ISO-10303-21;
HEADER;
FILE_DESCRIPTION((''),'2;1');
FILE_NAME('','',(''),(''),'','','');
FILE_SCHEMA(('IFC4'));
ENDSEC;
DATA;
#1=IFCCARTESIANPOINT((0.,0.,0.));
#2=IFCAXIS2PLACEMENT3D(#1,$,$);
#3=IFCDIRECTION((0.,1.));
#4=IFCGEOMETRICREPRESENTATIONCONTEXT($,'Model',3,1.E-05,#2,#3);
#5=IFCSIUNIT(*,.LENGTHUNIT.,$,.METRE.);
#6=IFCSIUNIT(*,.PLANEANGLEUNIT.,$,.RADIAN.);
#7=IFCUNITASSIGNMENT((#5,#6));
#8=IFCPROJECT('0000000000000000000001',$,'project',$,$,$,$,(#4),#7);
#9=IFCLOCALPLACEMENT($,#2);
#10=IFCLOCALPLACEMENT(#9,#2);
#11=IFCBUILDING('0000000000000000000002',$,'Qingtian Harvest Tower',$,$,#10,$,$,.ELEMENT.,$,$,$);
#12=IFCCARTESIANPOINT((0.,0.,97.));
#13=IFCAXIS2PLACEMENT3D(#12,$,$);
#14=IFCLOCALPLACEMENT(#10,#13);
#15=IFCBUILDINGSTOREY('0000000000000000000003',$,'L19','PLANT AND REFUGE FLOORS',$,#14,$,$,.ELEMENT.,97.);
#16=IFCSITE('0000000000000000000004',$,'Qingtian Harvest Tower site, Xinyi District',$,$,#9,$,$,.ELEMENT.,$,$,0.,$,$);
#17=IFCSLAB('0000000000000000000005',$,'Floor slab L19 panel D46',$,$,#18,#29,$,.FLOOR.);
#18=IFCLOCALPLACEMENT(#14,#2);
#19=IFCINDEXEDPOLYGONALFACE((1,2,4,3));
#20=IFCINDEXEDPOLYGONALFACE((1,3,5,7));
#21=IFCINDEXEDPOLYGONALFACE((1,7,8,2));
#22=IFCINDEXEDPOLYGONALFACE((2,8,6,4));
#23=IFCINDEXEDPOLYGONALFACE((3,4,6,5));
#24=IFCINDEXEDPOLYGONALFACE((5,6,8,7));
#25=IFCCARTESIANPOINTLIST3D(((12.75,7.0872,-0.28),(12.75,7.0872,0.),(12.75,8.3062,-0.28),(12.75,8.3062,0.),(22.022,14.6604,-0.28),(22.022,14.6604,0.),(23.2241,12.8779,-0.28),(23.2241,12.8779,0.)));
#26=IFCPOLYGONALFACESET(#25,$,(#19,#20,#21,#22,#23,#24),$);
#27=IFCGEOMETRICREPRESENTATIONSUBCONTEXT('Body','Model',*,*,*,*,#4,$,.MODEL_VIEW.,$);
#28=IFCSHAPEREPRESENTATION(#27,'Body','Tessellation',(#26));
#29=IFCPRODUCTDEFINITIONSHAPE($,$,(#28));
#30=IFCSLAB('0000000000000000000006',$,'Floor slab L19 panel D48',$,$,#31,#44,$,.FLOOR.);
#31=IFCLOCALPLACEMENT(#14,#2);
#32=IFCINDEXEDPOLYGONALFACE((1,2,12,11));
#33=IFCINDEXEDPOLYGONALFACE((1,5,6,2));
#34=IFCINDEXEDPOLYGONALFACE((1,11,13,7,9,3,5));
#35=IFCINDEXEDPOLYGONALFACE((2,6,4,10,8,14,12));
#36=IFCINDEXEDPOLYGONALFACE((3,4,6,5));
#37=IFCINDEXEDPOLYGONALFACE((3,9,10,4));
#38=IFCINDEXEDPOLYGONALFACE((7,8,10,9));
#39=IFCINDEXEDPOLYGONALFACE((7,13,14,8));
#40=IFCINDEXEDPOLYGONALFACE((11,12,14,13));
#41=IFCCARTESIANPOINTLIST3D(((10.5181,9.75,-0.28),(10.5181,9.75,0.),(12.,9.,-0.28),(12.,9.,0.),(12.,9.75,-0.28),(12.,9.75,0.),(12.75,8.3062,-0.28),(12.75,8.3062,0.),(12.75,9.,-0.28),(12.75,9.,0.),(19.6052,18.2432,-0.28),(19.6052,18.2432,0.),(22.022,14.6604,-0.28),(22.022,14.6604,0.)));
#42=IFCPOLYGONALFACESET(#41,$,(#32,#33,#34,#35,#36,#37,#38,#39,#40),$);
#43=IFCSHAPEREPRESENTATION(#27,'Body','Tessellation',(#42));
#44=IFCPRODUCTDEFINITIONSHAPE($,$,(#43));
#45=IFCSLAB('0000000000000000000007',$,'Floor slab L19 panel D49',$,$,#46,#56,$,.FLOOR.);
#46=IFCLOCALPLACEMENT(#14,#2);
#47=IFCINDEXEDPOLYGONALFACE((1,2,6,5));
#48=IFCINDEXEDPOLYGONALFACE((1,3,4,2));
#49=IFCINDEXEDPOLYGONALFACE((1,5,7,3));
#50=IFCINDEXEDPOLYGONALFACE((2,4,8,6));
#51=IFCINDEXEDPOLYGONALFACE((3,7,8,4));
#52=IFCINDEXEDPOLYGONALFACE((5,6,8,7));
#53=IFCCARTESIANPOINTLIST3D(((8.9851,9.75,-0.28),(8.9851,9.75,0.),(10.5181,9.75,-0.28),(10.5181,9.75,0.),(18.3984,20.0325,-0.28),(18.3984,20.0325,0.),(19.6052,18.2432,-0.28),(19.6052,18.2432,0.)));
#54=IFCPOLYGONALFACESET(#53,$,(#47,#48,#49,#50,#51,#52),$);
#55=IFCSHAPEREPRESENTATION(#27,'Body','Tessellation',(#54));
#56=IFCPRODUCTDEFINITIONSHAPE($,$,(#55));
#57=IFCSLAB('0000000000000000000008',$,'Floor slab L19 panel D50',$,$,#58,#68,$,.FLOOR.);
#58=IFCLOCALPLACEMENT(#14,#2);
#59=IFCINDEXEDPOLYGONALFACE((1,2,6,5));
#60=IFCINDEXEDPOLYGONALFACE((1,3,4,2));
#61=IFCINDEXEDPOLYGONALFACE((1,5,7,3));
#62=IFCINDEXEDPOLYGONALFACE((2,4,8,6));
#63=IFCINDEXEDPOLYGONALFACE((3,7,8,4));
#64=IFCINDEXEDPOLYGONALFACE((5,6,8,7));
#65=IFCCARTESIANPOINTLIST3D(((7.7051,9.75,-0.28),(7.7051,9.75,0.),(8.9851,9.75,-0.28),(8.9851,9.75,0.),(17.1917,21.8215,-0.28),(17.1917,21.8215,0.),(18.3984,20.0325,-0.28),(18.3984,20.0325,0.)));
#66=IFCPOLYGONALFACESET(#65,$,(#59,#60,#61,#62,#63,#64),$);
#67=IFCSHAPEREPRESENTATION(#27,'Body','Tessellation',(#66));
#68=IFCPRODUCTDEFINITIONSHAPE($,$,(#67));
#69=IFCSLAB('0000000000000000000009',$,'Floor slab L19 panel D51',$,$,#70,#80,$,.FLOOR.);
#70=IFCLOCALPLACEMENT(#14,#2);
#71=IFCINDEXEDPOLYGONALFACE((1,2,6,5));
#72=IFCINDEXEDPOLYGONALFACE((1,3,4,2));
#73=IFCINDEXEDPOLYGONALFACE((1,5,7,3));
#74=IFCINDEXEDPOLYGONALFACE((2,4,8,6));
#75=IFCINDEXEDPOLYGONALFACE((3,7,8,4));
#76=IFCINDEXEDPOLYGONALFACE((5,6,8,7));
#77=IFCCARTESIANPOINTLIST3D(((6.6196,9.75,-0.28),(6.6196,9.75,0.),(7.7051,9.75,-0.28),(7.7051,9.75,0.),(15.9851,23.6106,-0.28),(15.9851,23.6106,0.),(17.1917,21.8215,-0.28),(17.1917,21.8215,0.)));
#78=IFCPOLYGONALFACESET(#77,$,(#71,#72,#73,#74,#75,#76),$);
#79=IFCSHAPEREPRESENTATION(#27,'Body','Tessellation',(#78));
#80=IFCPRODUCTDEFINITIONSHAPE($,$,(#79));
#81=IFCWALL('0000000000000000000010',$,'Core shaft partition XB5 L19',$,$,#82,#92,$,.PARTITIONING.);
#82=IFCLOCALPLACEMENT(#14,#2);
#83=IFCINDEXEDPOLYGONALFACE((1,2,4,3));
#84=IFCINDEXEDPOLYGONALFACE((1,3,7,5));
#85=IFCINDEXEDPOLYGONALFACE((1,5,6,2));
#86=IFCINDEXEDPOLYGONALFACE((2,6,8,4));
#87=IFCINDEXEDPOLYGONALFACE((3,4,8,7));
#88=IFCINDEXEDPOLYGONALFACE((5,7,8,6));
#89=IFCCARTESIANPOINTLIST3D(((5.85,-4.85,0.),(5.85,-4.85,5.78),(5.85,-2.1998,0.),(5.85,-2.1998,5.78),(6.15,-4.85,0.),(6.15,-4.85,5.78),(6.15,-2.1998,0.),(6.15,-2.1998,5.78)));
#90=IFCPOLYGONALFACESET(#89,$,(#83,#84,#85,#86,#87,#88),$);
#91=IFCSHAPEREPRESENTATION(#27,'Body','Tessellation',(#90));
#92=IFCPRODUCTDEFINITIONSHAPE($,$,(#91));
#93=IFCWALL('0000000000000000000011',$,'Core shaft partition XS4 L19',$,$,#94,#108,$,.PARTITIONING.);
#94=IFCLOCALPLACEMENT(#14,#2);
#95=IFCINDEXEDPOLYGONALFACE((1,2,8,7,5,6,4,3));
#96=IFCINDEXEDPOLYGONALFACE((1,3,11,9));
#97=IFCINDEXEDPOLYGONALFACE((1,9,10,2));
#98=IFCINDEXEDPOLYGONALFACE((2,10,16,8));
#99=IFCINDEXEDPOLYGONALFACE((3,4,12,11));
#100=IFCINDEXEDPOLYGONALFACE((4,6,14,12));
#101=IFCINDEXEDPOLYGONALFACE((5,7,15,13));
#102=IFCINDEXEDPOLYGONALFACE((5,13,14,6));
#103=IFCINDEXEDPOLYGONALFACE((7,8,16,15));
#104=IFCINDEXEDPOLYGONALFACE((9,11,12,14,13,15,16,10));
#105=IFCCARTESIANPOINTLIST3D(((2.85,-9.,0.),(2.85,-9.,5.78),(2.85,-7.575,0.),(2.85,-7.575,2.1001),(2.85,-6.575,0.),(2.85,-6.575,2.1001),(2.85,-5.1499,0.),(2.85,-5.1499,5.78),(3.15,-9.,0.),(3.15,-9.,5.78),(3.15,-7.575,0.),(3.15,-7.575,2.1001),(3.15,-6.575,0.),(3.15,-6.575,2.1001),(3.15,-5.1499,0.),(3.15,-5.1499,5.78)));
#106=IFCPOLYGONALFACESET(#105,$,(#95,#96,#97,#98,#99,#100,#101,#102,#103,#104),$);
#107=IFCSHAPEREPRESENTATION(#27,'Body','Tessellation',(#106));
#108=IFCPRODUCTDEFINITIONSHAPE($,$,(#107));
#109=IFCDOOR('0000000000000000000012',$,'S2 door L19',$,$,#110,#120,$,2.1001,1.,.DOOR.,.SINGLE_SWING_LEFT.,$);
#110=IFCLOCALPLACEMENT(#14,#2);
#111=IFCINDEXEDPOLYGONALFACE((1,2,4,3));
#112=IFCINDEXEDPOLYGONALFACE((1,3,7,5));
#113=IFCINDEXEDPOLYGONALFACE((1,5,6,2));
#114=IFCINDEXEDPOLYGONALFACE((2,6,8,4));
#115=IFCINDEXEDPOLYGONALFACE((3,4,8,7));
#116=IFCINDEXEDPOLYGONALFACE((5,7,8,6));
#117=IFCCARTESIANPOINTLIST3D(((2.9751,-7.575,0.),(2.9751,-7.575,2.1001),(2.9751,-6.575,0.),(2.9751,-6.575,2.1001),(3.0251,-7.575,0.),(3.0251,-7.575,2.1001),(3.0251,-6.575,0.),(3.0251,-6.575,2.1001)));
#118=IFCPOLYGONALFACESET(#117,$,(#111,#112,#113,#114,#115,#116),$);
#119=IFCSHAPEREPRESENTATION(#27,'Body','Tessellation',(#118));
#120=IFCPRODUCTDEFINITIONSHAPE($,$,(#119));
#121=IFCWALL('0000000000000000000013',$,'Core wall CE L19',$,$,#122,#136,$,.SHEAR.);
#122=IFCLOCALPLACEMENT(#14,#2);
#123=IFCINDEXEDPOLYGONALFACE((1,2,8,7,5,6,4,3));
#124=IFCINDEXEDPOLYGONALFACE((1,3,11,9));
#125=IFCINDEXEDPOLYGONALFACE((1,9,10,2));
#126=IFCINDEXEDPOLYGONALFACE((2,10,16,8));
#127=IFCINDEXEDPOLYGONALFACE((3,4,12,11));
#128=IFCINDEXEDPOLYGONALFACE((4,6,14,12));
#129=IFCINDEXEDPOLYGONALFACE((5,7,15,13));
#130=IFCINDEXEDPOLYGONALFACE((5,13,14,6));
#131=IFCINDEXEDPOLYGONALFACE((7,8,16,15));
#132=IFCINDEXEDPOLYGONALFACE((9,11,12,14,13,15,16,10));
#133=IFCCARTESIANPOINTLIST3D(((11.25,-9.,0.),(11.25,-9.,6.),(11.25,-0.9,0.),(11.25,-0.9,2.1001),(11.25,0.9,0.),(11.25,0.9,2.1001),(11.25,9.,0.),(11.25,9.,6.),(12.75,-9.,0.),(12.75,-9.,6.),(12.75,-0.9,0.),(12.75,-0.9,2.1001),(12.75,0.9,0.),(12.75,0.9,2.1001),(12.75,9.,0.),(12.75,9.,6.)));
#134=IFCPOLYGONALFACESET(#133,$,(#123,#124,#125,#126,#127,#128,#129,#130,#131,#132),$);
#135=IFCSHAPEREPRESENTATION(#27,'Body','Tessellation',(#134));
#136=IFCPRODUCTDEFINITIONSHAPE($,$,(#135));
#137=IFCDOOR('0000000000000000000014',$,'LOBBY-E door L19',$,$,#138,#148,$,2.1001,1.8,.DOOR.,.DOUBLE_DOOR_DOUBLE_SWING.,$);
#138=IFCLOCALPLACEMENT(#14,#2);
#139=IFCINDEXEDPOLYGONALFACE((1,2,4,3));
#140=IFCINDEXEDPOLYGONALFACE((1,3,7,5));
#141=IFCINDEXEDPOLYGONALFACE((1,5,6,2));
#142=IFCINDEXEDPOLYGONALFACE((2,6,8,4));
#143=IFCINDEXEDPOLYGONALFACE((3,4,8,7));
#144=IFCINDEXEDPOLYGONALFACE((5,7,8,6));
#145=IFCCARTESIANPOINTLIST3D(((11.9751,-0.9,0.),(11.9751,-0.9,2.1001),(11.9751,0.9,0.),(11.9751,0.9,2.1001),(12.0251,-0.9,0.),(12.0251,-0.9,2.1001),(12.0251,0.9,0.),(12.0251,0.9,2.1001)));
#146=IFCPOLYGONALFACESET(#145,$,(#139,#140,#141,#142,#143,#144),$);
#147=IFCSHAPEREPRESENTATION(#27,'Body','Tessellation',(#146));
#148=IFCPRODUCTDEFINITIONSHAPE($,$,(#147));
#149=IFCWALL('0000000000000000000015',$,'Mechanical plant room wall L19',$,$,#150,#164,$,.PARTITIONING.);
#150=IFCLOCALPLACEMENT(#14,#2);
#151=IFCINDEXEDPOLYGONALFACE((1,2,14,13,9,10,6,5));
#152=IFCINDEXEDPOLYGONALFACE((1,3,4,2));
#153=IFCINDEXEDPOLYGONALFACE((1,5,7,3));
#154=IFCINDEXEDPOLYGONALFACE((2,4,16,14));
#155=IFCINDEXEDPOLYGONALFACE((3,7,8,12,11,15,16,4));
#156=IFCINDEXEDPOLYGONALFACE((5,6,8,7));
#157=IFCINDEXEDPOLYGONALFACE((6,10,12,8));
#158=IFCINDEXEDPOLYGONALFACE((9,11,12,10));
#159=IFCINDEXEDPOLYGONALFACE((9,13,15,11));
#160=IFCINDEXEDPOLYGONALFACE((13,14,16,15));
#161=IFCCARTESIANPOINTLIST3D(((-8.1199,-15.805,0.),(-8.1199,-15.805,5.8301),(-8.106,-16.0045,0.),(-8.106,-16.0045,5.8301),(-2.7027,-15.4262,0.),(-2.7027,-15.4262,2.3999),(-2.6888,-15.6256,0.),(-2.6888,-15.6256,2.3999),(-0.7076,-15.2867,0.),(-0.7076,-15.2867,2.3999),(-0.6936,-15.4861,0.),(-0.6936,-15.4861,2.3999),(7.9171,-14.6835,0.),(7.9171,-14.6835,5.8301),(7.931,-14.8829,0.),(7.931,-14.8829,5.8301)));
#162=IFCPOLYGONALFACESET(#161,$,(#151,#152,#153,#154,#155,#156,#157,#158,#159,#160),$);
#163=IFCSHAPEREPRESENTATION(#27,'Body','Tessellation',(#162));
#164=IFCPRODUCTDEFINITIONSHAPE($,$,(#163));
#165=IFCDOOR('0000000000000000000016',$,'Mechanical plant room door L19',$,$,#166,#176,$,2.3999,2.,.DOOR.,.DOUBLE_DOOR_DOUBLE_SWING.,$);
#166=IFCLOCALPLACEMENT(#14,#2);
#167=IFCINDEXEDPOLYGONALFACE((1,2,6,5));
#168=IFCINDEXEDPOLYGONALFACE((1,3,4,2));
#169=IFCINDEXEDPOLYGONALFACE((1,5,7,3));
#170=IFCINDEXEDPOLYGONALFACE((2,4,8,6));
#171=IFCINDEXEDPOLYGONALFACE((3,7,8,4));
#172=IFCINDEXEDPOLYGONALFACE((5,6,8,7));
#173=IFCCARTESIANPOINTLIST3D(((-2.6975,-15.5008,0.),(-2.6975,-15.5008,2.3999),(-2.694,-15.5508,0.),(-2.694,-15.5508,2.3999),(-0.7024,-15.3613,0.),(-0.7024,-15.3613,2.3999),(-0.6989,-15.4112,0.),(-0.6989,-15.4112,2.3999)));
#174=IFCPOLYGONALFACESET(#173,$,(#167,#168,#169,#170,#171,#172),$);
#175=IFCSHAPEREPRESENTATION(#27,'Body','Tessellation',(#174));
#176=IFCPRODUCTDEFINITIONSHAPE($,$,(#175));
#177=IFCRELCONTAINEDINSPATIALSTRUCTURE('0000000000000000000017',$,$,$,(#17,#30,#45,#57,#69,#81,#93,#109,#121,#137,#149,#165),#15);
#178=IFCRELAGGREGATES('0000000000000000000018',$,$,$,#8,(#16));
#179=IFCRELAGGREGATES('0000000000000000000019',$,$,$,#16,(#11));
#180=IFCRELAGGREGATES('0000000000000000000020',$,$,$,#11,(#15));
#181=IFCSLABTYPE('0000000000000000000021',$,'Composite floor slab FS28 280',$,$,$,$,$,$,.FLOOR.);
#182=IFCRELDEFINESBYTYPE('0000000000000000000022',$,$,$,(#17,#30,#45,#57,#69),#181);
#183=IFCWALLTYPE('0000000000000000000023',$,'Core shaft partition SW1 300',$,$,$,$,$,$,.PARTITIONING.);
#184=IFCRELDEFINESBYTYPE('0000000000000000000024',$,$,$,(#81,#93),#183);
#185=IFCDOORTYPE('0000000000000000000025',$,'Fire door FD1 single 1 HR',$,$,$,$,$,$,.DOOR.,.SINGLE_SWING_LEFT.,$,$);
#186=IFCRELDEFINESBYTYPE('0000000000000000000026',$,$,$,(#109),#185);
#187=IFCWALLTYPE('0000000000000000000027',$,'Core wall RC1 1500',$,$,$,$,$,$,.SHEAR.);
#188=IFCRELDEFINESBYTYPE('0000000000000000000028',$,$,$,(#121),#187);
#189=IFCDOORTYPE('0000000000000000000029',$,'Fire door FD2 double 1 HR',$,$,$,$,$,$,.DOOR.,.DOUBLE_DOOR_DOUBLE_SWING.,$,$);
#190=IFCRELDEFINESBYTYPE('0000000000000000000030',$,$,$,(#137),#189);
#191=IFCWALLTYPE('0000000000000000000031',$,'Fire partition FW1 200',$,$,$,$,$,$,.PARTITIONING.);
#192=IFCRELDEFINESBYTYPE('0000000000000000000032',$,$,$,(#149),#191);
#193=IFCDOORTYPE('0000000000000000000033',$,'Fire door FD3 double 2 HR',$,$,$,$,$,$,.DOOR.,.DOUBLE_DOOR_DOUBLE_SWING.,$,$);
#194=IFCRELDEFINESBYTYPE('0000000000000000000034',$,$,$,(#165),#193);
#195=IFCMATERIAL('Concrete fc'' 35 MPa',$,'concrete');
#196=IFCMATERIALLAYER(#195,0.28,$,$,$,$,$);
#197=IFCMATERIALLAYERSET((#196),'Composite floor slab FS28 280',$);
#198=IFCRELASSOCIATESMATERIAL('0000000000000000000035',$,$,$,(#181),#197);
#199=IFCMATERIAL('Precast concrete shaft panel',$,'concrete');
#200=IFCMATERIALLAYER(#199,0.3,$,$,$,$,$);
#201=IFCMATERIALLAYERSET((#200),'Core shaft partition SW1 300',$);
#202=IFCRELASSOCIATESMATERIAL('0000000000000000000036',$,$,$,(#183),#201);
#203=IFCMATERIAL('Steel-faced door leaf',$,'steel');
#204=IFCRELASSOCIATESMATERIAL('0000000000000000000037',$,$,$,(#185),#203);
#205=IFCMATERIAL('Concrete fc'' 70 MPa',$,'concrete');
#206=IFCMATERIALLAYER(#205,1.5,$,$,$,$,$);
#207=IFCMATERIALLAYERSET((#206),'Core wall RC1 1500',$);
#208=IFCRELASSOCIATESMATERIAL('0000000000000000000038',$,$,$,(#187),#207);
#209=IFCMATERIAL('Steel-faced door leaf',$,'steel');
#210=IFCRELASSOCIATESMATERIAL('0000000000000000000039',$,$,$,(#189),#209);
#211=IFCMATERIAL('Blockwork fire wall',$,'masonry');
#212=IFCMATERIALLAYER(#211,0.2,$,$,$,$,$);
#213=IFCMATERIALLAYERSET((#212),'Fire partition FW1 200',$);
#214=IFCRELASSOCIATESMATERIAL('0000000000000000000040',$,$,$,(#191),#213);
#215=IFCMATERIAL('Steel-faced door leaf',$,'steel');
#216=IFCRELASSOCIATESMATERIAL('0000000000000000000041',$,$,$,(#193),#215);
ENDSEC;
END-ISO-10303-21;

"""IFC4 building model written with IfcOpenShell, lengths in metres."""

from ifc_helpers import new_model, si_unit, direction, frame, frame_2d, origin, place, context, subcontext, project, spatial, polyline, rectangle, outline, extrude, material, layer, layer_set, type_object, element, fill, save


model = new_model("IFC4")

# Units and contexts
model_context = context("Model", 3, precision=1e-05, world=origin(), true_north=direction((0.0, 1.0)))
body_context = subcontext(model_context, "Body", "Model", "MODEL_VIEW")
ifc_project = project(units=[si_unit("LENGTHUNIT", "METRE"), si_unit("PLANEANGLEUNIT", "RADIAN")], contexts=[model_context])

# Site, building, storey
site_placement = place(None, origin())
site = spatial("IfcSite", under=ifc_project, at=site_placement, Name="Qingtian Harvest Tower site, Xinyi District", CompositionType="ELEMENT", RefElevation=0.0)
building_placement = place(site_placement, origin())
building = spatial("IfcBuilding", under=site, at=building_placement, Name="Qingtian Harvest Tower", CompositionType="ELEMENT")
storey_placement = place(building_placement, frame((0.0, 0.0, 97.0)))
storey = spatial("IfcBuildingStorey", under=building, at=storey_placement, Name="L19", Description="PLANT AND REFUGE FLOORS", CompositionType="ELEMENT", Elevation=97.0)

# Slabs
ifc_material_1 = material(Name="Concrete fc' 35 MPa", Category="concrete")
ifc_layer_1 = layer(ifc_material_1, 0.28)
ifc_layer_set_1 = layer_set([ifc_layer_1], Name="Composite floor slab FS28 280")
slab_type = type_object("IfcSlabType", Name="Composite floor slab FS28 280", PredefinedType="FLOOR", material=ifc_layer_set_1)
slab_1_placement = place(storey_placement, frame((0.0, 0.0, -0.28)))
element("IfcSlab", 1, at=slab_1_placement, inside=storey, type_object=slab_type, Name="Floor slab L19 panel D46", PredefinedType="FLOOR", context=body_context, shape_type="SweptSolid", body=[
    extrude(outline(polyline([(12.75, 8.3062), (22.022, 14.6604), (23.2241, 12.8779), (12.75, 7.0872), (12.75, 8.3062)])), origin(), (0.0, 0.0, 1.0), 0.28),
])
slab_2_placement = place(storey_placement, frame((0.0, 0.0, -0.28)))
element("IfcSlab", 2, at=slab_2_placement, inside=storey, type_object=slab_type, Name="Floor slab L19 panel D48", PredefinedType="FLOOR", context=body_context, shape_type="SweptSolid", body=[
    extrude(outline(polyline([(19.6052, 18.2432), (22.022, 14.6604), (12.75, 8.3062), (12.75, 9.0), (12.0, 9.0), (12.0, 9.75), (10.5181, 9.75), (19.6052, 18.2432)])), origin(), (0.0, 0.0, 1.0), 0.28),
])
slab_3_placement = place(storey_placement, frame((0.0, 0.0, -0.28)))
element("IfcSlab", 3, at=slab_3_placement, inside=storey, type_object=slab_type, Name="Floor slab L19 panel D49", PredefinedType="FLOOR", context=body_context, shape_type="SweptSolid", body=[
    extrude(outline(polyline([(8.9851, 9.75), (18.3984, 20.0325), (19.6052, 18.2432), (10.5181, 9.75), (8.9851, 9.75)])), origin(), (0.0, 0.0, 1.0), 0.28),
])
slab_4_placement = place(storey_placement, frame((0.0, 0.0, -0.28)))
element("IfcSlab", 4, at=slab_4_placement, inside=storey, type_object=slab_type, Name="Floor slab L19 panel D50", PredefinedType="FLOOR", context=body_context, shape_type="SweptSolid", body=[
    extrude(outline(polyline([(7.7051, 9.75), (17.1917, 21.8215), (18.3984, 20.0325), (8.9851, 9.75), (7.7051, 9.75)])), origin(), (0.0, 0.0, 1.0), 0.28),
])
slab_5_placement = place(storey_placement, frame((0.0, 0.0, -0.28)))
element("IfcSlab", 5, at=slab_5_placement, inside=storey, type_object=slab_type, Name="Floor slab L19 panel D51", PredefinedType="FLOOR", context=body_context, shape_type="SweptSolid", body=[
    extrude(outline(polyline([(6.6196, 9.75), (15.9851, 23.6106), (17.1917, 21.8215), (7.7051, 9.75), (6.6196, 9.75)])), origin(), (0.0, 0.0, 1.0), 0.28),
])

# Wall
ifc_material_2 = material(Name="Precast concrete shaft panel", Category="concrete")
ifc_layer_2 = layer(ifc_material_2, 0.3)
ifc_layer_set_2 = layer_set([ifc_layer_2], Name="Core shaft partition SW1 300")
wall_type_1 = type_object("IfcWallType", Name="Core shaft partition SW1 300", PredefinedType="PARTITIONING", material=ifc_layer_set_2)
wall_1_placement = place(storey_placement, frame((6.0, -4.8501, 0.0), z_axis=(0.0, 0.0, 1.0), x_axis=(0.0, 1.0, 0.0)))
element("IfcWall", 6, at=wall_1_placement, inside=storey, type_object=wall_type_1, Name="Core shaft partition XB5 L19", PredefinedType="PARTITIONING", context=body_context, shape_type="SweptSolid", body=[
    extrude(rectangle(XDim=2.6501, YDim=0.3, at=frame_2d((1.3252, 0.0))), origin(), (0.0, 0.0, 1.0), 5.78),
])

# Walls, openings, doors
wall_2_placement = place(storey_placement, frame((3.0, -9.0, 0.0), z_axis=(0.0, 0.0, 1.0), x_axis=(0.0, 1.0, 0.0)))
wall_2 = element("IfcWall", 7, at=wall_2_placement, inside=storey, type_object=wall_type_1, Name="Core shaft partition XS4 L19", PredefinedType="PARTITIONING", context=body_context, shape_type="SweptSolid", body=[
    extrude(rectangle(XDim=3.8501, YDim=0.3, at=frame_2d((1.925, 0.0))), origin(), (0.0, 0.0, 1.0), 5.78),
])
opening_1_placement = place(wall_2_placement, frame((1.425, 0.0, 0.0)))
opening_1 = element("IfcOpeningElement", 8, at=opening_1_placement, cuts=wall_2, PredefinedType="OPENING", context=body_context, shape_type="SweptSolid", body=[
    extrude(rectangle(XDim=1.0, YDim=2.1001, at=frame_2d((0.5, 1.05))), frame((0.0, 0.1599, 0.0), z_axis=(0.0, -1.0, 0.0), x_axis=(1.0, 0.0, 0.0)), (0.0, 0.0, 1.0), 0.3201),
])
ifc_material_3 = material(Name="Steel-faced door leaf", Category="steel")
door_type_1 = type_object("IfcDoorType", Name="Fire door FD1 single 1 HR", OperationType="SINGLE_SWING_LEFT", PredefinedType="DOOR", material=ifc_material_3)
door_1_placement = place(opening_1_placement, origin())
door_1 = element("IfcDoor", 9, at=door_1_placement, inside=storey, type_object=door_type_1, Name="S2 door L19", OperationType="SINGLE_SWING_LEFT", OverallHeight=2.1001, OverallWidth=1.0, PredefinedType="DOOR", context=body_context, shape_type="SweptSolid", body=[
    extrude(rectangle(XDim=1.0, YDim=2.1001, at=frame_2d((0.5, 1.05))), frame((0.0, 0.0249, 0.0), z_axis=(0.0, -1.0, 0.0), x_axis=(1.0, 0.0, 0.0)), (0.0, 0.0, 1.0), 0.05),
])
fill(opening_1, door_1)
ifc_material_4 = material(Name="Concrete fc' 70 MPa", Category="concrete")
ifc_layer_3 = layer(ifc_material_4, 1.5)
ifc_layer_set_3 = layer_set([ifc_layer_3], Name="Core wall RC1 1500")
wall_type_2 = type_object("IfcWallType", Name="Core wall RC1 1500", PredefinedType="SHEAR", material=ifc_layer_set_3)
wall_3_placement = place(storey_placement, frame((12.0, -9.0, 0.0), z_axis=(0.0, 0.0, 1.0), x_axis=(0.0, 1.0, 0.0)))
wall_3 = element("IfcWall", 10, at=wall_3_placement, inside=storey, type_object=wall_type_2, Name="Core wall CE L19", PredefinedType="SHEAR", context=body_context, shape_type="SweptSolid", body=[
    extrude(rectangle(XDim=18.0, YDim=1.5, at=frame_2d((9.0, 0.0))), origin(), (0.0, 0.0, 1.0), 6.0),
])
opening_2_placement = place(wall_3_placement, frame((8.1001, 0.0, 0.0)))
opening_2 = element("IfcOpeningElement", 11, at=opening_2_placement, cuts=wall_3, PredefinedType="OPENING", context=body_context, shape_type="SweptSolid", body=[
    extrude(rectangle(XDim=1.8, YDim=2.1001, at=frame_2d((0.8999, 1.05))), frame((0.0, 0.76, 0.0), z_axis=(0.0, -1.0, 0.0), x_axis=(1.0, 0.0, 0.0)), (0.0, 0.0, 1.0), 1.52),
])
ifc_material_5 = material(Name="Steel-faced door leaf", Category="steel")
door_type_2 = type_object("IfcDoorType", Name="Fire door FD2 double 1 HR", OperationType="DOUBLE_DOOR_DOUBLE_SWING", PredefinedType="DOOR", material=ifc_material_5)
door_2_placement = place(opening_2_placement, origin())
door_2 = element("IfcDoor", 12, at=door_2_placement, inside=storey, type_object=door_type_2, Name="LOBBY-E door L19", OperationType="DOUBLE_DOOR_DOUBLE_SWING", OverallHeight=2.1001, OverallWidth=1.8, PredefinedType="DOOR", context=body_context, shape_type="SweptSolid", body=[
    extrude(rectangle(XDim=1.8, YDim=2.1001, at=frame_2d((0.8999, 1.05))), frame((0.0, 0.0249, 0.0), z_axis=(0.0, -1.0, 0.0), x_axis=(1.0, 0.0, 0.0)), (0.0, 0.0, 1.0), 0.05),
])
fill(opening_2, door_2)
ifc_material_6 = material(Name="Blockwork fire wall", Category="masonry")
ifc_layer_4 = layer(ifc_material_6, 0.2)
ifc_layer_set_4 = layer_set([ifc_layer_4], Name="Fire partition FW1 200")
wall_type_3 = type_object("IfcWallType", Name="Fire partition FW1 200", PredefinedType="PARTITIONING", material=ifc_layer_set_4)
wall_4_placement = place(storey_placement, frame((7.9241, -14.7832, 0.0), z_axis=(0.0, 0.0, 1.0), x_axis=(-0.997563, -0.069766, 0.0)))
wall_4 = element("IfcWall", 13, at=wall_4_placement, inside=storey, type_object=wall_type_3, Name="Mechanical plant room wall L19", PredefinedType="PARTITIONING", context=body_context, shape_type="SweptSolid", body=[
    extrude(rectangle(XDim=16.0762, YDim=0.2, at=frame_2d((8.0381, 0.0))), origin(), (0.0, 0.0, 1.0), 5.8301),
])
opening_3_placement = place(wall_4_placement, frame((8.6458, 0.0, 0.0)))
opening_3 = element("IfcOpeningElement", 14, at=opening_3_placement, cuts=wall_4, PredefinedType="OPENING", context=body_context, shape_type="SweptSolid", body=[
    extrude(rectangle(XDim=2.0, YDim=2.3999, at=frame_2d((1.0, 1.2))), frame((0.0, 0.1099, 0.0), z_axis=(0.0, -1.0, 0.0), x_axis=(1.0, 0.0, 0.0)), (0.0, 0.0, 1.0), 0.22),
])
ifc_material_7 = material(Name="Steel-faced door leaf", Category="steel")
door_type_3 = type_object("IfcDoorType", Name="Fire door FD3 double 2 HR", OperationType="DOUBLE_DOOR_DOUBLE_SWING", PredefinedType="DOOR", material=ifc_material_7)
door_3_placement = place(opening_3_placement, origin())
door_3 = element("IfcDoor", 15, at=door_3_placement, inside=storey, type_object=door_type_3, Name="Mechanical plant room door L19", OperationType="DOUBLE_DOOR_DOUBLE_SWING", OverallHeight=2.3999, OverallWidth=2.0, PredefinedType="DOOR", context=body_context, shape_type="SweptSolid", body=[
    extrude(rectangle(XDim=2.0, YDim=2.3999, at=frame_2d((1.0, 1.2))), frame((0.0, 0.0249, 0.0), z_axis=(0.0, -1.0, 0.0), x_axis=(1.0, 0.0, 0.0)), (0.0, 0.0, 1.0), 0.05),
])
fill(opening_3, door_3)

save(model, "model.ifc")
